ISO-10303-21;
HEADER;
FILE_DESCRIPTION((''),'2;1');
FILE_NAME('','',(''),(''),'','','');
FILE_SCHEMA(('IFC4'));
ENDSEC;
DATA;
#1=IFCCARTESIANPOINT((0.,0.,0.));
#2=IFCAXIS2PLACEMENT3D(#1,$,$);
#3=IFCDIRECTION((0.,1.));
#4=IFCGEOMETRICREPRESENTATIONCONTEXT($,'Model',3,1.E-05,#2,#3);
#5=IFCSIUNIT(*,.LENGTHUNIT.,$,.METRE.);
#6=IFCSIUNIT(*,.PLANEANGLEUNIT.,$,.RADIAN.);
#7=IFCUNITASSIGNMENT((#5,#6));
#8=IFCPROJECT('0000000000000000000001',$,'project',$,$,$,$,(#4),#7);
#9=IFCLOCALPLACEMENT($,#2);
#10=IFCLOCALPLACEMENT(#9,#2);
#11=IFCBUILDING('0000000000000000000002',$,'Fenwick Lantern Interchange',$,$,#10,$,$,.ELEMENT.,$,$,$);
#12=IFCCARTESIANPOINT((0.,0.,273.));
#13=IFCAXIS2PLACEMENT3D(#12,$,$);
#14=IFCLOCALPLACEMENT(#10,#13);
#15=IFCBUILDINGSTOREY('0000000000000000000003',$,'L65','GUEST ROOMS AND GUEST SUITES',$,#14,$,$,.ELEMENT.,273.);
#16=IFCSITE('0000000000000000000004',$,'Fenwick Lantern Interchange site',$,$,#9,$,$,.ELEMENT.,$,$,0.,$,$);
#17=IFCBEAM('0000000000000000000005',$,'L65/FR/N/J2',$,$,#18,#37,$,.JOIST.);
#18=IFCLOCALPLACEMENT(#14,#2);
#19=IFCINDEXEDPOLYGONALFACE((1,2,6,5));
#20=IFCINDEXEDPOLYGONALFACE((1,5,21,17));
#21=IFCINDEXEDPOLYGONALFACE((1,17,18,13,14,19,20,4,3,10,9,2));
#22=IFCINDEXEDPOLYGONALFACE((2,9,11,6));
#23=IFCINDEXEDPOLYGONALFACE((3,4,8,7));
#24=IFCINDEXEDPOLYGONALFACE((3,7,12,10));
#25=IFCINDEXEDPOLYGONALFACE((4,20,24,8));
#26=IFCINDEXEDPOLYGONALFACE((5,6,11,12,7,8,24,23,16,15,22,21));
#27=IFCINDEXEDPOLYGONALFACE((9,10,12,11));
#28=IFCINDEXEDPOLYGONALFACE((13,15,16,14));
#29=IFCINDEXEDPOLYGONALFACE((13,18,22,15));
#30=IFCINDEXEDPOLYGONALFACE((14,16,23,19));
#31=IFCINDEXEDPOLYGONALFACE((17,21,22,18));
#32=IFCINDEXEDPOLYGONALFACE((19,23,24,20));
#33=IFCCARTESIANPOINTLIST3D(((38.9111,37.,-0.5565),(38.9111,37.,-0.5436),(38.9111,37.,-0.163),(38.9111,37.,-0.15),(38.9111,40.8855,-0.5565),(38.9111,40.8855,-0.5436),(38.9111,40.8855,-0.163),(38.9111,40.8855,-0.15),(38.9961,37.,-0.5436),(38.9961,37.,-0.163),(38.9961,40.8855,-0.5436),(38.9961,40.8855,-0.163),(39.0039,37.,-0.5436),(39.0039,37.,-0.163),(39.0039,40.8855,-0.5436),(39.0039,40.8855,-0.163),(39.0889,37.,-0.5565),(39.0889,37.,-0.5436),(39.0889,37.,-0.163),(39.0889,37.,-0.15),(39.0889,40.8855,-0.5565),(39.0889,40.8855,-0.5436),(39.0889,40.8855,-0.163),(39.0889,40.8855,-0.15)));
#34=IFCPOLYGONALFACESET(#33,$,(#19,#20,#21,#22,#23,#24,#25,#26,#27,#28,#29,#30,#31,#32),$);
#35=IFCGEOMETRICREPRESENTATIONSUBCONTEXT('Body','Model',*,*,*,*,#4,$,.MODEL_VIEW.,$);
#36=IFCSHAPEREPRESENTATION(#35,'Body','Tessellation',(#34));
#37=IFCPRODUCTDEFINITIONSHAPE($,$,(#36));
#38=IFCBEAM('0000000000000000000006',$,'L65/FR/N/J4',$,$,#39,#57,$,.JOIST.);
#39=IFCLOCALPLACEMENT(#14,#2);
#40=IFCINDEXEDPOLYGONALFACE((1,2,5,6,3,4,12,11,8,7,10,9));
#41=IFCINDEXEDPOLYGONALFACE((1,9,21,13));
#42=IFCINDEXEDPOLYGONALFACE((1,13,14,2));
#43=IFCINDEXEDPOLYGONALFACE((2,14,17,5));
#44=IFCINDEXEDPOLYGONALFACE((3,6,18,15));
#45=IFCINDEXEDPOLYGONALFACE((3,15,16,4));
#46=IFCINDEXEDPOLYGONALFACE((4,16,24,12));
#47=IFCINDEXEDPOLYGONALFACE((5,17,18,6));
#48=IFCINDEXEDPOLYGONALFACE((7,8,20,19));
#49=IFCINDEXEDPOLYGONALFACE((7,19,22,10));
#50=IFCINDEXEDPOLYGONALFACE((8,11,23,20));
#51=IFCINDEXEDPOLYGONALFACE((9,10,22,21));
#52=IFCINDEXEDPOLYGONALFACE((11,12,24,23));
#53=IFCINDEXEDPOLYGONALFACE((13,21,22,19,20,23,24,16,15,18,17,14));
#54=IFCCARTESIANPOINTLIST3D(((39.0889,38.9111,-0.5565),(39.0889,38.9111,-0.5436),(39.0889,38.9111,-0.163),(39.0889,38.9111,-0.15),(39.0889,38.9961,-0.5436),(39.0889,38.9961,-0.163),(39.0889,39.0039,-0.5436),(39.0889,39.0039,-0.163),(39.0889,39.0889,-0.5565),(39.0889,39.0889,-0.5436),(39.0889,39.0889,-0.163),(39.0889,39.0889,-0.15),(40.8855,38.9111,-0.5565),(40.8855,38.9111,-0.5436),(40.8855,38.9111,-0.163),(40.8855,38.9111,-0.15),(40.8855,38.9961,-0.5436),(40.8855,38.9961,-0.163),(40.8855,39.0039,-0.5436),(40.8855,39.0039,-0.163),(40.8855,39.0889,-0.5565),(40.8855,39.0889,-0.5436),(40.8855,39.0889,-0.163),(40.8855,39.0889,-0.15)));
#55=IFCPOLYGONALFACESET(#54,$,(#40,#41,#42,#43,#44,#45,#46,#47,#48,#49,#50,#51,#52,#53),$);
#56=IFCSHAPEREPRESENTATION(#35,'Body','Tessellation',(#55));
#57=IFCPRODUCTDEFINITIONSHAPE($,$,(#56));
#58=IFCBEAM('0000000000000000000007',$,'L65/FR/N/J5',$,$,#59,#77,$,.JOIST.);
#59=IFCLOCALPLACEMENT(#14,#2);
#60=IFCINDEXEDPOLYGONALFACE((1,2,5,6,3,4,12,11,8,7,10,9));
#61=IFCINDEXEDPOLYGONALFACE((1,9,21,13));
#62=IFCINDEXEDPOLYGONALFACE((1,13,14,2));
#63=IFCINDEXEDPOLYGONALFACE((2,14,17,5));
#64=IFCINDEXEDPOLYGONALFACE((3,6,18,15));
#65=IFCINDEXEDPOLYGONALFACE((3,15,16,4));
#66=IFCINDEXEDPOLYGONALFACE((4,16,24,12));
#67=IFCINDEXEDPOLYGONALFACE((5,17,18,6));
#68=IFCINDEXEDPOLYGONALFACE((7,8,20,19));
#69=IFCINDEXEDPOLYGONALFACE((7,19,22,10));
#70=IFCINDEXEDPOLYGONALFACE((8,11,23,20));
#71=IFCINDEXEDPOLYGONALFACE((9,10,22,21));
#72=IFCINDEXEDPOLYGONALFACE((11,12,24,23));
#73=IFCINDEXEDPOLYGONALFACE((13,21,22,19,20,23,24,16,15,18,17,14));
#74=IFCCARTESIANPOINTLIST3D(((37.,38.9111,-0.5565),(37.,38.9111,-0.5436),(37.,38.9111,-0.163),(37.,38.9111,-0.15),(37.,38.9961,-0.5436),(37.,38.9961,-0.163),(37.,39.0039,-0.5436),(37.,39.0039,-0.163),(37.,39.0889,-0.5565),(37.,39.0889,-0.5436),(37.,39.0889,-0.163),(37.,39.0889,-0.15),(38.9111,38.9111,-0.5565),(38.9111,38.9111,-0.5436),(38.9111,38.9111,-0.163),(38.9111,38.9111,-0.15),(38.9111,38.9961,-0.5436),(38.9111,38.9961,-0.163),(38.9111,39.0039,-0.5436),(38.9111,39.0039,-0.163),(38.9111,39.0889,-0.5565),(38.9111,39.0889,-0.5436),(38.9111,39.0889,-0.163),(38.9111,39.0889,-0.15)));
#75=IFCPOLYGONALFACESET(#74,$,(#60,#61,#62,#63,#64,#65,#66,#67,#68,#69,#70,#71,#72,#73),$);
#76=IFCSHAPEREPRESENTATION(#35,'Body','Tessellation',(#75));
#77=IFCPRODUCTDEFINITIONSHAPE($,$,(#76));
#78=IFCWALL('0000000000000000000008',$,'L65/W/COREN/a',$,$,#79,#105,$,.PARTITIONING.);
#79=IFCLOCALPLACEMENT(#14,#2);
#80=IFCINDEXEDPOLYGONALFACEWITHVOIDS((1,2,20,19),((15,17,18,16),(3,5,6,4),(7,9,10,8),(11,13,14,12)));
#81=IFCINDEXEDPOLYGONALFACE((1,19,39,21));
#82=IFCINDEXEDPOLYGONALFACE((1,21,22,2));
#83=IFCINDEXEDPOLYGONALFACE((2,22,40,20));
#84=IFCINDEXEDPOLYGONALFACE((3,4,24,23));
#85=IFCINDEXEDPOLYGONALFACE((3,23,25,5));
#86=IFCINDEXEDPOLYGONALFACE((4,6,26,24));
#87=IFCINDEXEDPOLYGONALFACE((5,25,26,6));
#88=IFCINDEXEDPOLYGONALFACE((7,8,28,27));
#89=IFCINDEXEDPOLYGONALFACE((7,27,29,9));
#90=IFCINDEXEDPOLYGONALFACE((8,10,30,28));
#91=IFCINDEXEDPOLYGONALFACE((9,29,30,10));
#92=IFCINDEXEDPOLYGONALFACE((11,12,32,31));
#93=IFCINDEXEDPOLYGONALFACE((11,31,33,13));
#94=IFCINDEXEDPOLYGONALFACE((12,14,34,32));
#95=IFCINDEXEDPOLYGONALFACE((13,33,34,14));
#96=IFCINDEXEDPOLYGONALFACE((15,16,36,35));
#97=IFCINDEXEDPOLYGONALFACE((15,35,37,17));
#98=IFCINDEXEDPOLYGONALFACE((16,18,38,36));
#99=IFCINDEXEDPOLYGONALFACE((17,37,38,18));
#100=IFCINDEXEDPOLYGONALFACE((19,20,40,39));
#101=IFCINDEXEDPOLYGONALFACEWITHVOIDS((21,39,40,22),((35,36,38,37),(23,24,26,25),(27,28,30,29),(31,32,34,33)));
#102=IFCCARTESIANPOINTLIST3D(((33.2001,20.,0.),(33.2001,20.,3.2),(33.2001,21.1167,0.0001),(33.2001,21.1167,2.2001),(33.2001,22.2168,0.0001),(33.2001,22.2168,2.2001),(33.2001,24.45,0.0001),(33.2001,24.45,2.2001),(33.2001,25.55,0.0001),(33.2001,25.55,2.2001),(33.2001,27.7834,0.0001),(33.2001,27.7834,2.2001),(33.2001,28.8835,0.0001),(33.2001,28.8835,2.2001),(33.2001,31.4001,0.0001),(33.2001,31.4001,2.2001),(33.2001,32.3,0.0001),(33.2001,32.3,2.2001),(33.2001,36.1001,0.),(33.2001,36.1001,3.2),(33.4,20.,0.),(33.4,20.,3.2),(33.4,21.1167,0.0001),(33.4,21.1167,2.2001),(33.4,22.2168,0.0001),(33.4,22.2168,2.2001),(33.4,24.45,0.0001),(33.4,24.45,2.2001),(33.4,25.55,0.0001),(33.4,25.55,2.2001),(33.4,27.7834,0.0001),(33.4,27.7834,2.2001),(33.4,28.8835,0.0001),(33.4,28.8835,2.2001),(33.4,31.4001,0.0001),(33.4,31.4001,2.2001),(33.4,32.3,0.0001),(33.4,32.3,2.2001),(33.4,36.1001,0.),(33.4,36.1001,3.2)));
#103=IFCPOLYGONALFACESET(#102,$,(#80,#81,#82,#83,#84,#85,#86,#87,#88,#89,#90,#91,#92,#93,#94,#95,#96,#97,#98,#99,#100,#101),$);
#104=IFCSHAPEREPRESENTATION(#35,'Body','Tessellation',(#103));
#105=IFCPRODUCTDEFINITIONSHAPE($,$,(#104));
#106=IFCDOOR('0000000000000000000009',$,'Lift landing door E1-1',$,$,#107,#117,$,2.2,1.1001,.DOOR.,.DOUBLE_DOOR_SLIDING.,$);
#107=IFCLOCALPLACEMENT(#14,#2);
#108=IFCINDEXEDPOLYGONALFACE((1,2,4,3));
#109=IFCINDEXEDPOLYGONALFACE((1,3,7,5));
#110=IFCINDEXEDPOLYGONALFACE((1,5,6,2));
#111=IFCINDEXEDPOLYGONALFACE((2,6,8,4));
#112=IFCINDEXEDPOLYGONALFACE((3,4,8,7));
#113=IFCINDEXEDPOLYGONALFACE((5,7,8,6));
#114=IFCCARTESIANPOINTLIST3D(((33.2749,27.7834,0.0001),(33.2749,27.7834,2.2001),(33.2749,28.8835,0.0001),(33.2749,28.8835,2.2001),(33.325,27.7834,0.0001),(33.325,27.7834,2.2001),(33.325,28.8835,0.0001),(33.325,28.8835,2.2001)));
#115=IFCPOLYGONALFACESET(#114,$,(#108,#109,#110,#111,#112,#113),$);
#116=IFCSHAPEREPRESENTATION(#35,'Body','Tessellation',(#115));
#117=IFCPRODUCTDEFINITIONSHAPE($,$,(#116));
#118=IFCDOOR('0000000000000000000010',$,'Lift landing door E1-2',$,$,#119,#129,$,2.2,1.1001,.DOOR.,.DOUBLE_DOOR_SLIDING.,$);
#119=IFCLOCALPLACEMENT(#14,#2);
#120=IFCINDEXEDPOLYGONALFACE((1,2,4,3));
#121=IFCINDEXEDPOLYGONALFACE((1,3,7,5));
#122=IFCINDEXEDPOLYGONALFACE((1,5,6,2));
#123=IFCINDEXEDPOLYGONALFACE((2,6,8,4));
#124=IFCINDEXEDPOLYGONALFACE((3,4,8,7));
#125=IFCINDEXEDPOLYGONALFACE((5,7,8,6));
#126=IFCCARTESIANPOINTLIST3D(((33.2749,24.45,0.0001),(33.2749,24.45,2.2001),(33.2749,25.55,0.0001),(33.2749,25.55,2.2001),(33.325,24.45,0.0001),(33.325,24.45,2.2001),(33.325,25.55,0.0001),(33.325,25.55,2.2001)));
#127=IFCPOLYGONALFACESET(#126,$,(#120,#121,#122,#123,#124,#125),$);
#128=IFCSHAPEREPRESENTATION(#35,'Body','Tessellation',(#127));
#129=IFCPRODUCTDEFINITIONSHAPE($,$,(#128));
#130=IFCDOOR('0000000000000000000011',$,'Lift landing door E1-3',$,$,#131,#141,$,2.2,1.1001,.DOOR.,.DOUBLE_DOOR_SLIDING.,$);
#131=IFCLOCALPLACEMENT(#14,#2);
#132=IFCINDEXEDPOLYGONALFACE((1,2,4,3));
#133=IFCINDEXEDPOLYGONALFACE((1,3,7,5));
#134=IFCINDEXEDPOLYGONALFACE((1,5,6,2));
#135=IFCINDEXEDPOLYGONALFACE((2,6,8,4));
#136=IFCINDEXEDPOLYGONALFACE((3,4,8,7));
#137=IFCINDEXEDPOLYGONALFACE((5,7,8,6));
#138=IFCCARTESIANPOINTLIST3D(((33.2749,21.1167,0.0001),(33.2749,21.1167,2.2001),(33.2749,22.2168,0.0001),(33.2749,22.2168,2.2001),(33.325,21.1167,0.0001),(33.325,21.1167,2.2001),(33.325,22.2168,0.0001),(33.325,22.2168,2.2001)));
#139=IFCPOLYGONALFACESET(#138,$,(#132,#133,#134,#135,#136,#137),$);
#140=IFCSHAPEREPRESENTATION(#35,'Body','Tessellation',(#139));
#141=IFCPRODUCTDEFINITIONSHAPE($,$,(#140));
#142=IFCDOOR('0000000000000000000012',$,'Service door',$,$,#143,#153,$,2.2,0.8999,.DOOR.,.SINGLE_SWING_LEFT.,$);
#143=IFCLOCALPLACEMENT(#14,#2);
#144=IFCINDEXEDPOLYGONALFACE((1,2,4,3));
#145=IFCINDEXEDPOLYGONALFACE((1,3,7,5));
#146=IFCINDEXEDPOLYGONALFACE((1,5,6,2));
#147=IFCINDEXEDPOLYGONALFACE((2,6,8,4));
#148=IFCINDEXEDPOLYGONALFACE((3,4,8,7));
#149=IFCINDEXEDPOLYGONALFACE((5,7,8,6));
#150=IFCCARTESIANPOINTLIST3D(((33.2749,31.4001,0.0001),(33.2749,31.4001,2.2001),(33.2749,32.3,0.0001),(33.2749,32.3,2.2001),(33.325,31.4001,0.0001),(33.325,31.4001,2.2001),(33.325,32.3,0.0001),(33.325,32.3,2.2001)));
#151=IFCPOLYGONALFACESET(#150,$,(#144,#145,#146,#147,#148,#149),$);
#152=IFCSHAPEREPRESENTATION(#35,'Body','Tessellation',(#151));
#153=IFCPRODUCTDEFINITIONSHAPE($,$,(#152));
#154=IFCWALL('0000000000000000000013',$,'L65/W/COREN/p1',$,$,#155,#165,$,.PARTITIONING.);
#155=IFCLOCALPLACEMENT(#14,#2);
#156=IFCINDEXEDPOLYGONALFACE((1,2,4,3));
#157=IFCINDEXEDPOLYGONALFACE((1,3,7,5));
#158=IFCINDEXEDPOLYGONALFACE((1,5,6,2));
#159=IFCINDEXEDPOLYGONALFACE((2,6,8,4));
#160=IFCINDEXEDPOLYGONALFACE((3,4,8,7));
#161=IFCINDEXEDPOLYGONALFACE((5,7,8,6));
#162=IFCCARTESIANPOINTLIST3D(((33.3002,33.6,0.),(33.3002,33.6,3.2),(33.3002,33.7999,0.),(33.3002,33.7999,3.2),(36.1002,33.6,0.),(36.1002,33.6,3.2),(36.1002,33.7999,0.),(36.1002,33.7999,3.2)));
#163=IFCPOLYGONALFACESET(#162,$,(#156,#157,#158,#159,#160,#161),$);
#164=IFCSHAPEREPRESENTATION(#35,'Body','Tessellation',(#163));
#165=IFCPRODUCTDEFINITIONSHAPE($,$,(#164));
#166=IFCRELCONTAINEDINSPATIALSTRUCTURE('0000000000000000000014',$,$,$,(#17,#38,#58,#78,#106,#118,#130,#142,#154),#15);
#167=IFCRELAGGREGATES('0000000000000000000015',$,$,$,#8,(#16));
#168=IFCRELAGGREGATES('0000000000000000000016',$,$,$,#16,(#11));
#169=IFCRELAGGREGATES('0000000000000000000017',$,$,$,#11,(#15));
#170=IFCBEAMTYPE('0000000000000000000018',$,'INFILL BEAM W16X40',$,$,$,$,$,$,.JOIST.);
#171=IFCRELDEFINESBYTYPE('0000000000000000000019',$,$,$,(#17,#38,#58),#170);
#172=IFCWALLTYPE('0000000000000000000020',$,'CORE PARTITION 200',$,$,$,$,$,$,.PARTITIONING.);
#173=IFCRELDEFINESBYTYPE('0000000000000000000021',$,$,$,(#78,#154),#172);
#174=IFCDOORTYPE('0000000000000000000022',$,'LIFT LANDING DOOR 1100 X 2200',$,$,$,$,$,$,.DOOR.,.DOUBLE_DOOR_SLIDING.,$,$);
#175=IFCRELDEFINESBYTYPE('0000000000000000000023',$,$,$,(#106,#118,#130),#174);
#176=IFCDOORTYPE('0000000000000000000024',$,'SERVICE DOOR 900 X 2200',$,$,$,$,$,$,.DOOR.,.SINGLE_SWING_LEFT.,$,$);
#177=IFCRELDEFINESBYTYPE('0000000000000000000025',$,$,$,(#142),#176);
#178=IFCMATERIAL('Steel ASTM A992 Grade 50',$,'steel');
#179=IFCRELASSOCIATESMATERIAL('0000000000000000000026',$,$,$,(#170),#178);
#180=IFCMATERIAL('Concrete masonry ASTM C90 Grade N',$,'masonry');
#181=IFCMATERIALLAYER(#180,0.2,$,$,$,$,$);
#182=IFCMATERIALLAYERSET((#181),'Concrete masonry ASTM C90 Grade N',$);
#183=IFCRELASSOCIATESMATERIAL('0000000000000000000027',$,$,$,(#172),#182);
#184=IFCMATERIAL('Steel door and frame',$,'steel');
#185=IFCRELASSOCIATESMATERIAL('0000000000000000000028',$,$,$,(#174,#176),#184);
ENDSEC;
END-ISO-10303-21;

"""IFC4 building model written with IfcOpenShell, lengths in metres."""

from ifc_helpers import new_model, si_unit, direction, frame, frame_2d, origin, origin_2d, place, context, subcontext, project, spatial, rectangle, i_section, extrude, material, layer, layer_set, material_profile, profile_set, type_object, element, fill, save


model = new_model("IFC4")

# Units and contexts
model_context = context("Model", 3, precision=1e-05, world=origin(), true_north=direction((0.0, 1.0)))
body_context = subcontext(model_context, "Body", "Model", "MODEL_VIEW")
ifc_project = project(units=[si_unit("LENGTHUNIT", "METRE"), si_unit("PLANEANGLEUNIT", "RADIAN")], contexts=[model_context])

# Site, building, storey
site_placement = place(None, origin())
site = spatial("IfcSite", under=ifc_project, at=site_placement, Name="Fenwick Lantern Interchange site", CompositionType="ELEMENT", RefElevation=0.0)
building_placement = place(site_placement, origin())
building = spatial("IfcBuilding", under=site, at=building_placement, Name="Fenwick Lantern Interchange", CompositionType="ELEMENT")
storey_placement = place(building_placement, frame((0.0, 0.0, 273.0)))
storey = spatial("IfcBuildingStorey", under=building, at=storey_placement, Name="L65", Description="GUEST ROOMS AND GUEST SUITES", CompositionType="ELEMENT", Elevation=273.0)

# Beams
ifc_material_1 = material(Name="Steel ASTM A992 Grade 50", Category="steel")
ifc_material_profile = material_profile(ifc_material_1, i_section(OverallWidth=0.1777, OverallDepth=0.4065, WebThickness=0.0078, FlangeThickness=0.0129, at=origin_2d()), Name="W16X40")
ifc_profile_set = profile_set([ifc_material_profile], Name="Steel ASTM A992 Grade 50")
beam_type = type_object("IfcBeamType", Name="INFILL BEAM W16X40", PredefinedType="JOIST", material=ifc_profile_set)
beam_1_placement = place(storey_placement, frame((39.0, 40.8855, -0.3533), z_axis=(0.0, -1.0, 0.0), x_axis=(1.0, 0.0, 0.0)))
element("IfcBeam", 1, at=beam_1_placement, inside=storey, type_object=beam_type, Name="L65/FR/N/J2", PredefinedType="JOIST", context=body_context, shape_type="SweptSolid", body=[
    extrude(i_section(OverallWidth=0.1777, OverallDepth=0.4065, WebThickness=0.0078, FlangeThickness=0.0129, at=origin_2d()), origin(), (0.0, 0.0, 1.0), 3.8855),
])
beam_2_placement = place(storey_placement, frame((40.8855, 39.0, -0.3533), z_axis=(-1.0, 0.0, 0.0), x_axis=(0.0, -1.0, 0.0)))
element("IfcBeam", 2, at=beam_2_placement, inside=storey, type_object=beam_type, Name="L65/FR/N/J4", PredefinedType="JOIST", context=body_context, shape_type="SweptSolid", body=[
    extrude(i_section(OverallWidth=0.1777, OverallDepth=0.4065, WebThickness=0.0078, FlangeThickness=0.0129, at=origin_2d()), origin(), (0.0, 0.0, 1.0), 1.7966),
])
beam_3_placement = place(storey_placement, frame((38.9111, 39.0, -0.3533), z_axis=(-1.0, 0.0, 0.0), x_axis=(0.0, -1.0, 0.0)))
element("IfcBeam", 3, at=beam_3_placement, inside=storey, type_object=beam_type, Name="L65/FR/N/J5", PredefinedType="JOIST", context=body_context, shape_type="SweptSolid", body=[
    extrude(i_section(OverallWidth=0.1777, OverallDepth=0.4065, WebThickness=0.0078, FlangeThickness=0.0129, at=origin_2d()), origin(), (0.0, 0.0, 1.0), 1.9111),
])

# Wall, openings, doors
ifc_material_2 = material(Name="Concrete masonry ASTM C90 Grade N", Category="masonry")
ifc_layer_1 = layer(ifc_material_2, 0.2)
ifc_layer_set_1 = layer_set([ifc_layer_1], Name="Concrete masonry ASTM C90 Grade N")
wall_type_1 = type_object("IfcWallType", Name="CORE PARTITION 200", PredefinedType="PARTITIONING", material=ifc_layer_set_1)
wall_1_placement = place(storey_placement, frame((33.3, 36.1001, 0.0), z_axis=(0.0, 0.0, 1.0), x_axis=(0.0, -1.0, 0.0)))
wall_1 = element("IfcWall", 4, at=wall_1_placement, inside=storey, type_object=wall_type_1, Name="L65/W/COREN/a", PredefinedType="PARTITIONING", context=body_context, shape_type="SweptSolid", body=[
    extrude(rectangle(XDim=16.1001, YDim=0.2, at=frame_2d((8.05, 0.0))), origin(), (0.0, 0.0, 1.0), 3.2),
])
opening_1_placement = place(wall_1_placement, frame((3.8, 0.0, 0.0)))
opening_1 = element("IfcOpeningElement", 5, at=opening_1_placement, cuts=wall_1, PredefinedType="OPENING", context=body_context, shape_type="SweptSolid", body=[
    extrude(rectangle(XDim=0.8999, YDim=2.2, at=frame_2d((0.45, 1.1001))), frame((0.0, 0.1099, 0.0), z_axis=(0.0, -1.0, 0.0), x_axis=(1.0, 0.0, 0.0)), (0.0, 0.0, 1.0), 0.22),
])
opening_2_placement = place(wall_1_placement, frame((7.2166, 0.0, 0.0)))
opening_2 = element("IfcOpeningElement", 6, at=opening_2_placement, cuts=wall_1, PredefinedType="OPENING", context=body_context, shape_type="SweptSolid", body=[
    extrude(rectangle(XDim=1.1001, YDim=2.2, at=frame_2d((0.55, 1.1001))), frame((0.0, 0.1099, 0.0), z_axis=(0.0, -1.0, 0.0), x_axis=(1.0, 0.0, 0.0)), (0.0, 0.0, 1.0), 0.22),
])
opening_3_placement = place(wall_1_placement, frame((10.55, 0.0, 0.0)))
opening_3 = element("IfcOpeningElement", 7, at=opening_3_placement, cuts=wall_1, PredefinedType="OPENING", context=body_context, shape_type="SweptSolid", body=[
    extrude(rectangle(XDim=1.1001, YDim=2.2, at=frame_2d((0.55, 1.1001))), frame((0.0, 0.1099, 0.0), z_axis=(0.0, -1.0, 0.0), x_axis=(1.0, 0.0, 0.0)), (0.0, 0.0, 1.0), 0.22),
])
opening_4_placement = place(wall_1_placement, frame((13.8833, 0.0, 0.0)))
opening_4 = element("IfcOpeningElement", 8, at=opening_4_placement, cuts=wall_1, PredefinedType="OPENING", context=body_context, shape_type="SweptSolid", body=[
    extrude(rectangle(XDim=1.1001, YDim=2.2, at=frame_2d((0.55, 1.1001))), frame((0.0, 0.1099, 0.0), z_axis=(0.0, -1.0, 0.0), x_axis=(1.0, 0.0, 0.0)), (0.0, 0.0, 1.0), 0.22),
])
ifc_material_3 = material(Name="Steel door and frame", Category="steel")
door_type_1 = type_object("IfcDoorType", Name="LIFT LANDING DOOR 1100 X 2200", OperationType="DOUBLE_DOOR_SLIDING", PredefinedType="DOOR", material=ifc_material_3)
door_1_placement = place(opening_2_placement, origin())
door_1 = element("IfcDoor", 9, at=door_1_placement, inside=storey, type_object=door_type_1, Name="Lift landing door E1-1", OperationType="DOUBLE_DOOR_SLIDING", OverallHeight=2.2, OverallWidth=1.1001, PredefinedType="DOOR", context=body_context, shape_type="SweptSolid", body=[
    extrude(rectangle(XDim=1.1001, YDim=2.2, at=frame_2d((0.55, 1.1001))), frame((0.0, 0.0249, 0.0), z_axis=(0.0, -1.0, 0.0), x_axis=(1.0, 0.0, 0.0)), (0.0, 0.0, 1.0), 0.05),
])
fill(opening_2, door_1)
door_2_placement = place(opening_3_placement, origin())
door_2 = element("IfcDoor", 10, at=door_2_placement, inside=storey, type_object=door_type_1, Name="Lift landing door E1-2", OperationType="DOUBLE_DOOR_SLIDING", OverallHeight=2.2, OverallWidth=1.1001, PredefinedType="DOOR", context=body_context, shape_type="SweptSolid", body=[
    extrude(rectangle(XDim=1.1001, YDim=2.2, at=frame_2d((0.55, 1.1001))), frame((0.0, 0.0249, 0.0), z_axis=(0.0, -1.0, 0.0), x_axis=(1.0, 0.0, 0.0)), (0.0, 0.0, 1.0), 0.05),
])
fill(opening_3, door_2)
door_3_placement = place(opening_4_placement, origin())
door_3 = element("IfcDoor", 11, at=door_3_placement, inside=storey, type_object=door_type_1, Name="Lift landing door E1-3", OperationType="DOUBLE_DOOR_SLIDING", OverallHeight=2.2, OverallWidth=1.1001, PredefinedType="DOOR", context=body_context, shape_type="SweptSolid", body=[
    extrude(rectangle(XDim=1.1001, YDim=2.2, at=frame_2d((0.55, 1.1001))), frame((0.0, 0.0249, 0.0), z_axis=(0.0, -1.0, 0.0), x_axis=(1.0, 0.0, 0.0)), (0.0, 0.0, 1.0), 0.05),
])
fill(opening_4, door_3)
door_type_2 = type_object("IfcDoorType", Name="SERVICE DOOR 900 X 2200", OperationType="SINGLE_SWING_LEFT", PredefinedType="DOOR", material=ifc_material_3)
door_4_placement = place(opening_1_placement, origin())
door_4 = element("IfcDoor", 12, at=door_4_placement, inside=storey, type_object=door_type_2, Name="Service door", OperationType="SINGLE_SWING_LEFT", OverallHeight=2.2, OverallWidth=0.8999, PredefinedType="DOOR", context=body_context, shape_type="SweptSolid", body=[
    extrude(rectangle(XDim=0.8999, YDim=2.2, at=frame_2d((0.45, 1.1001))), frame((0.0, 0.0249, 0.0), z_axis=(0.0, -1.0, 0.0), x_axis=(1.0, 0.0, 0.0)), (0.0, 0.0, 1.0), 0.05),
])
fill(opening_1, door_4)

# Wall
wall_2_placement = place(storey_placement, frame((36.1001, 33.7, 0.0), z_axis=(0.0, 0.0, 1.0), x_axis=(-1.0, 0.0, 0.0)))
element("IfcWall", 13, at=wall_2_placement, inside=storey, type_object=wall_type_1, Name="L65/W/COREN/p1", PredefinedType="PARTITIONING", context=body_context, shape_type="SweptSolid", body=[
    extrude(rectangle(XDim=2.8, YDim=0.2, at=frame_2d((1.3999, 0.0))), origin(), (0.0, 0.0, 1.0), 3.2),
])

save(model, "model.ifc")
